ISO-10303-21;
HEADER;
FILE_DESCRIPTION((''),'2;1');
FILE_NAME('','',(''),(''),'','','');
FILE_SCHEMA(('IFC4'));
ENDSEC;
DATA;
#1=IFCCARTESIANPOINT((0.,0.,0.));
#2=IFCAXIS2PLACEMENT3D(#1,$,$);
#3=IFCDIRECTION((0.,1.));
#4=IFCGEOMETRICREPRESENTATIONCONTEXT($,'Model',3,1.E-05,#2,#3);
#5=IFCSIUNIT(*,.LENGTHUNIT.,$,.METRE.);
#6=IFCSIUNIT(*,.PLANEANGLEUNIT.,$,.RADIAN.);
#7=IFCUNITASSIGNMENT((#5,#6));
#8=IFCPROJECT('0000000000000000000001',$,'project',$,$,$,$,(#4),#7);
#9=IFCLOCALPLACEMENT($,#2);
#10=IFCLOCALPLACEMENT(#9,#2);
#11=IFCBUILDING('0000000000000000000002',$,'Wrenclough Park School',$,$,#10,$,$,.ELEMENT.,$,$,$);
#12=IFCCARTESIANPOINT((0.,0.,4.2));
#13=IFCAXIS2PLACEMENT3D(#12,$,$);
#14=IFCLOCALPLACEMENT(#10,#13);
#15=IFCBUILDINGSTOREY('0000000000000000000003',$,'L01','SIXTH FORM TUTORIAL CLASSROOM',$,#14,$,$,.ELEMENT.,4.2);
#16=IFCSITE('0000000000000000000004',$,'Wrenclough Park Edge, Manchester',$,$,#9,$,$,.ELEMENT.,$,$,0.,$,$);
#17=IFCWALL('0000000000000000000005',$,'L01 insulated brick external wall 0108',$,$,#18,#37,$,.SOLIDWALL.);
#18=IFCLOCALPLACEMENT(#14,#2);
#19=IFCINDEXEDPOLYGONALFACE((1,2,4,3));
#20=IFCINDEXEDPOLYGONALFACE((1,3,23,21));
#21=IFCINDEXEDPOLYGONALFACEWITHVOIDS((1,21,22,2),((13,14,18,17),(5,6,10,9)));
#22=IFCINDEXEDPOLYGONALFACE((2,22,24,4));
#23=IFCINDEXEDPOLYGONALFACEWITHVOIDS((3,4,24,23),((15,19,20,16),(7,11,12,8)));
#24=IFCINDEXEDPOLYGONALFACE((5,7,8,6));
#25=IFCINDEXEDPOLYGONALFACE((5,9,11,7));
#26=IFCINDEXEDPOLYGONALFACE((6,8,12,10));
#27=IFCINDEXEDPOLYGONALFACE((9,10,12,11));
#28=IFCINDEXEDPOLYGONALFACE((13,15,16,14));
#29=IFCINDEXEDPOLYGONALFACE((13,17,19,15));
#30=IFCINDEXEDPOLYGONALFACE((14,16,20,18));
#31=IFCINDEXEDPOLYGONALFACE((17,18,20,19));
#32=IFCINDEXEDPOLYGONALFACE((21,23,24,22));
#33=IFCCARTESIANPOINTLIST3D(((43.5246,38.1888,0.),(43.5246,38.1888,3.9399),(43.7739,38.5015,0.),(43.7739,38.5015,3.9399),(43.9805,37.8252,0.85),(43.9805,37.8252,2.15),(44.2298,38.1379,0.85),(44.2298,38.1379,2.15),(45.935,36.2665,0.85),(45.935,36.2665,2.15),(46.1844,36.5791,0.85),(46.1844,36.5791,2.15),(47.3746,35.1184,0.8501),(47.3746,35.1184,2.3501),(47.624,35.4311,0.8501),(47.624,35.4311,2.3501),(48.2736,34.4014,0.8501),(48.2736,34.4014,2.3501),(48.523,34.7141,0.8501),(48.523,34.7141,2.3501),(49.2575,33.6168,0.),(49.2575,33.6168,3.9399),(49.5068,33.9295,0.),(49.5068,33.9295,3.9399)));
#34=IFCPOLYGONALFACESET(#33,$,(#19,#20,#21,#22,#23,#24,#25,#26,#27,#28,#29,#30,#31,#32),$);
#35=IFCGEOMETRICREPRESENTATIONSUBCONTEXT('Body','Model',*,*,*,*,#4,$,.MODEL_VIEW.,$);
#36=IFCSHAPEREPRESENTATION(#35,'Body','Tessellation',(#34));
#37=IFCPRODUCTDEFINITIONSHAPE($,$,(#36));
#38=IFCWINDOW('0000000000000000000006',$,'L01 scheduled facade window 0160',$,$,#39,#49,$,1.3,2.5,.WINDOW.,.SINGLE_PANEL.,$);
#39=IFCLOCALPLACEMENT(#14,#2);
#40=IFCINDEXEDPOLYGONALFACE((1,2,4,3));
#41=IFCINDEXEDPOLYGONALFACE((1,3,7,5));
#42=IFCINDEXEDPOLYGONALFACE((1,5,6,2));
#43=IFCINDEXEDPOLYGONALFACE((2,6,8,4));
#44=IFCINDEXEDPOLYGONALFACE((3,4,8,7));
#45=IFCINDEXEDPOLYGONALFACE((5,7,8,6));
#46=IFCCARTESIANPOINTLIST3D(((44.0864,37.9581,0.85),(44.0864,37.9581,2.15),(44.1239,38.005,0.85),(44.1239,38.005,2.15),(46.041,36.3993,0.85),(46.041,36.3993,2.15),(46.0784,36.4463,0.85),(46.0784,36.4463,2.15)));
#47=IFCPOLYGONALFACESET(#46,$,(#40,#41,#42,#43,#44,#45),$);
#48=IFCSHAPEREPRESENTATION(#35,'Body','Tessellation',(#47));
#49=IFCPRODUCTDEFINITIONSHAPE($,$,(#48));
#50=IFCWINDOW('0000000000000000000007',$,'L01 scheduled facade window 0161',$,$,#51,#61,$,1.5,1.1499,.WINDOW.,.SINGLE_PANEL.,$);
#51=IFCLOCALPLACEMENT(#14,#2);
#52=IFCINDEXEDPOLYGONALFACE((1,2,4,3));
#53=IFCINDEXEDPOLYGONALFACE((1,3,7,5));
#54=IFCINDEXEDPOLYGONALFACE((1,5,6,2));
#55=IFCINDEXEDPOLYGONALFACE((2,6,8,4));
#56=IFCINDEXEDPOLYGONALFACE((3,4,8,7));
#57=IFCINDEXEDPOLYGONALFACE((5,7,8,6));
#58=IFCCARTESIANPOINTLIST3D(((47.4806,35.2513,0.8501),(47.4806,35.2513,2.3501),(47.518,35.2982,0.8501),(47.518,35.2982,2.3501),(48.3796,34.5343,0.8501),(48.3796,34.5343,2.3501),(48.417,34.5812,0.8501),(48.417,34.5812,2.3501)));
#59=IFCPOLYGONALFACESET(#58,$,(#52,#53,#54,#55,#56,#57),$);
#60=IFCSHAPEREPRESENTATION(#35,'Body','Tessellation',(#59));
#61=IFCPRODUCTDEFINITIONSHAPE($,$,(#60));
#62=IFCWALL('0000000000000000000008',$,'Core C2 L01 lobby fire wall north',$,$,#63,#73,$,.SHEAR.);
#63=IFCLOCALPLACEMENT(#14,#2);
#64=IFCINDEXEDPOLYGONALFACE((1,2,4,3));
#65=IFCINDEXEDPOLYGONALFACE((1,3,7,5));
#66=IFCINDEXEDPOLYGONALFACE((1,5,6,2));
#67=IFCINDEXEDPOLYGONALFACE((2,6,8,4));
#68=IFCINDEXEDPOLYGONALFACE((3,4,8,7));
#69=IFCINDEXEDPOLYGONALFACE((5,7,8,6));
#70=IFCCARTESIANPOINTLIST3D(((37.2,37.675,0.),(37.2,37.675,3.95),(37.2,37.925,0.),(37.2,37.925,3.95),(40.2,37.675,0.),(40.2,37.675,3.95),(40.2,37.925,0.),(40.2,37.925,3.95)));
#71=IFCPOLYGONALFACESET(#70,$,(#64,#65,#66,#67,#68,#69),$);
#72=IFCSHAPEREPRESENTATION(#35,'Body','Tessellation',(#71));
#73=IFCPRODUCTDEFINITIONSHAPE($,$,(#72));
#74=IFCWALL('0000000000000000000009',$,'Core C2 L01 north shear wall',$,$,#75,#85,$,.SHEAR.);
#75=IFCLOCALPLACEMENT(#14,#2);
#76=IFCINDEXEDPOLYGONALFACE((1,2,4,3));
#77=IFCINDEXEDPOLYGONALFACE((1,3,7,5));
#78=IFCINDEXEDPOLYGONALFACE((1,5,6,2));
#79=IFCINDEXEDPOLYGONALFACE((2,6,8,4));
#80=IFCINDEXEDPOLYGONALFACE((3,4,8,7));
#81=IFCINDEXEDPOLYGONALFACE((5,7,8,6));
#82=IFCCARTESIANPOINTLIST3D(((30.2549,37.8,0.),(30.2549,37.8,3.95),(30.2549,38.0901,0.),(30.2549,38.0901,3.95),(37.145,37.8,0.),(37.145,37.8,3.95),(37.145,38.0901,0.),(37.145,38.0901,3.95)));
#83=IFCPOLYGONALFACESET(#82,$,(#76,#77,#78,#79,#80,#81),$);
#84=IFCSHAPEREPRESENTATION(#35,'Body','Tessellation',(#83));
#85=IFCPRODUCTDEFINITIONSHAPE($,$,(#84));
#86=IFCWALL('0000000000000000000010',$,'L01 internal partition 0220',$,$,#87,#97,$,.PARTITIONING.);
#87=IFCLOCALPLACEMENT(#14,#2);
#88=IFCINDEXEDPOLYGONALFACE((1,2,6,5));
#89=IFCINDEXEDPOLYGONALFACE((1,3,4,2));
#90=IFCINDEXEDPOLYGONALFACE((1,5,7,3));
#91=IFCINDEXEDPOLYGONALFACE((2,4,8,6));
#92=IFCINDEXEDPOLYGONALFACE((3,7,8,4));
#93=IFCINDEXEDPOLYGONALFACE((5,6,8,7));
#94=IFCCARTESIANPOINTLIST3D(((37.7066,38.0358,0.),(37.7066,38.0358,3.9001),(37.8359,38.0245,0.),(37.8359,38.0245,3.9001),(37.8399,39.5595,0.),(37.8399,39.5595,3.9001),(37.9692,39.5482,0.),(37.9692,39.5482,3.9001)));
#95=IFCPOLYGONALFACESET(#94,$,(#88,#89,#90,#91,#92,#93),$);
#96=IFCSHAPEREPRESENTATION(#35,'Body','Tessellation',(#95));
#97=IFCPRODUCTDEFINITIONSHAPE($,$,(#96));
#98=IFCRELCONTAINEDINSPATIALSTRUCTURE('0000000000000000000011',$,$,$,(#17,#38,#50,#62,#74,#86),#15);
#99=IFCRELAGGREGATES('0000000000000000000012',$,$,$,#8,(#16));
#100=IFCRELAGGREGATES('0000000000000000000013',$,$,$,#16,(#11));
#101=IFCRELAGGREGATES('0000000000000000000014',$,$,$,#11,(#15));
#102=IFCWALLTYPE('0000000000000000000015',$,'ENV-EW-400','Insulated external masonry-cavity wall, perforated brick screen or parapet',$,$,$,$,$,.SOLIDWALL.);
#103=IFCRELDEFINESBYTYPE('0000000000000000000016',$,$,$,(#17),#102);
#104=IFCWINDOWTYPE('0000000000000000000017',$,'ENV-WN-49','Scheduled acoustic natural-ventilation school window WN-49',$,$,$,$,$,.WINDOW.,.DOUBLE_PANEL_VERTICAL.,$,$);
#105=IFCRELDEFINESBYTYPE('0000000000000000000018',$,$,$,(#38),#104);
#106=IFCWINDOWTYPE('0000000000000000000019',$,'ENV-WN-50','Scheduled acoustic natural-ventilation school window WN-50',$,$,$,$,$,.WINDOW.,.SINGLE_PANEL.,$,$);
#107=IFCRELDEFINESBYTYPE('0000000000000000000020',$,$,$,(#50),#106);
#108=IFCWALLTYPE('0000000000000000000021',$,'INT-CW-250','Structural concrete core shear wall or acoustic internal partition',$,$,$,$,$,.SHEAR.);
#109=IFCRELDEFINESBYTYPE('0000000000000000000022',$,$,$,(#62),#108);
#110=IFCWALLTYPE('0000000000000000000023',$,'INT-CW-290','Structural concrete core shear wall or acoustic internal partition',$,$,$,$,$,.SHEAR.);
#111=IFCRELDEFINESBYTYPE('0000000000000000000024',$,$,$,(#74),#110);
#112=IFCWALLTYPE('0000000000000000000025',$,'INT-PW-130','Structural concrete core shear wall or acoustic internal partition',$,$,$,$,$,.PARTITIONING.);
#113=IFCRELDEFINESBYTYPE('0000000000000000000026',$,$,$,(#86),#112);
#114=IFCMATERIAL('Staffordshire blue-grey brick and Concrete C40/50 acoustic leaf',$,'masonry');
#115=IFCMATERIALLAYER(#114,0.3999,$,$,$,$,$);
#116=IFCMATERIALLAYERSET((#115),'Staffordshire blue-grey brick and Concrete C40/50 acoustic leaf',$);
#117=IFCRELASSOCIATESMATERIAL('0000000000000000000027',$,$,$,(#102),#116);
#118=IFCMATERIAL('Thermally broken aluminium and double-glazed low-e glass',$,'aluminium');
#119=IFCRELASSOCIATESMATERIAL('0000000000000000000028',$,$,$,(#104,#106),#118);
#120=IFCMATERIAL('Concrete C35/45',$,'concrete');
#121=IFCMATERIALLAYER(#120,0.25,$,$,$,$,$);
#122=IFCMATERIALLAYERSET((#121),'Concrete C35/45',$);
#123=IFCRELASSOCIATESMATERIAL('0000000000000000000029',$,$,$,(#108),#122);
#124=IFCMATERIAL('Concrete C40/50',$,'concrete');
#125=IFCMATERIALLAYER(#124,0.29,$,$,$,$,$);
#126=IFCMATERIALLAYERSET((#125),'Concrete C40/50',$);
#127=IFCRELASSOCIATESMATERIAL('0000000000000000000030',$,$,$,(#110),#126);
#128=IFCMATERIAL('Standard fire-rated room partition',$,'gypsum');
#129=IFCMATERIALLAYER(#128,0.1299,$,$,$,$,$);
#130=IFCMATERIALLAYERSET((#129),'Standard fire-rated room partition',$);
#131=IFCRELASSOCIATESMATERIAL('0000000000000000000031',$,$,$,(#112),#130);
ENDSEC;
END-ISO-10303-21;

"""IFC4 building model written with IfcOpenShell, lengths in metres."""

from ifc_helpers import new_model, si_unit, direction, frame, frame_2d, origin, place, context, subcontext, project, spatial, rectangle, extrude, material, layer, layer_set, type_object, element, fill, save


model = new_model("IFC4")

# Units and contexts
model_context = context("Model", 3, precision=1e-05, world=origin(), true_north=direction((0.0, 1.0)))
body_context = subcontext(model_context, "Body", "Model", "MODEL_VIEW")
ifc_project = project(units=[si_unit("LENGTHUNIT", "METRE"), si_unit("PLANEANGLEUNIT", "RADIAN")], contexts=[model_context])

# Site, building, storey
site_placement = place(None, origin())
site = spatial("IfcSite", under=ifc_project, at=site_placement, Name="Wrenclough Park Edge, Manchester", CompositionType="ELEMENT", RefElevation=0.0)
building_placement = place(site_placement, origin())
building = spatial("IfcBuilding", under=site, at=building_placement, Name="Wrenclough Park School", CompositionType="ELEMENT")
storey_placement = place(building_placement, frame((0.0, 0.0, 4.2)))
storey = spatial("IfcBuildingStorey", under=building, at=storey_placement, Name="L01", Description="SIXTH FORM TUTORIAL CLASSROOM", CompositionType="ELEMENT", Elevation=4.2)

# Shared definitions
ifc_material_1 = material(Name="Concrete C40/50", Category="concrete")

# Wall, openings, windows
ifc_material_2 = material(Name="Staffordshire blue-grey brick and Concrete C40/50 acoustic leaf", Category="masonry")
ifc_layer_1 = layer(ifc_material_2, 0.3999)
ifc_layer_set_1 = layer_set([ifc_layer_1], Name="Staffordshire blue-grey brick and Concrete C40/50 acoustic leaf")
wall_type_1 = type_object("IfcWallType", Name="ENV-EW-400", Description="Insulated external masonry-cavity wall, perforated brick screen or parapet", PredefinedType="SOLIDWALL", material=ifc_layer_set_1)
wall_1_placement = place(storey_placement, frame((43.6492, 38.3452, 0.0), z_axis=(0.0, 0.0, 1.0), x_axis=(0.78182, -0.623505, 0.0)))
wall_1 = element("IfcWall", 1, at=wall_1_placement, inside=storey, type_object=wall_type_1, Name="L01 insulated brick external wall 0108", PredefinedType="SOLIDWALL", context=body_context, shape_type="SweptSolid", body=[
    extrude(rectangle(XDim=7.3328, YDim=0.3999, at=frame_2d((3.6665, 0.0))), origin(), (0.0, 0.0, 1.0), 3.9399),
])
opening_1_placement = place(wall_1_placement, frame((0.5833, 0.0, 0.8501)))
opening_1 = element("IfcOpeningElement", 2, at=opening_1_placement, cuts=wall_1, PredefinedType="OPENING", context=body_context, shape_type="SweptSolid", body=[
    extrude(rectangle(XDim=2.5, YDim=1.3, at=frame_2d((1.25, 0.6499))), frame((0.0, 0.21, 0.0), z_axis=(0.0, -1.0, 0.0), x_axis=(1.0, 0.0, 0.0)), (0.0, 0.0, 1.0), 0.4199),
])
opening_2_placement = place(wall_1_placement, frame((4.9246, 0.0, 0.8501)))
opening_2 = element("IfcOpeningElement", 3, at=opening_2_placement, cuts=wall_1, PredefinedType="OPENING", context=body_context, shape_type="SweptSolid", body=[
    extrude(rectangle(XDim=1.1499, YDim=1.5, at=frame_2d((0.575, 0.75))), frame((0.0, 0.21, 0.0), z_axis=(0.0, -1.0, 0.0), x_axis=(1.0, 0.0, 0.0)), (0.0, 0.0, 1.0), 0.4199),
])
ifc_material_3 = material(Name="Thermally broken aluminium and double-glazed low-e glass", Category="aluminium")
window_type_1 = type_object("IfcWindowType", Name="ENV-WN-49", Description="Scheduled acoustic natural-ventilation school window WN-49", PartitioningType="DOUBLE_PANEL_VERTICAL", PredefinedType="WINDOW", material=ifc_material_3)
window_1_placement = place(opening_1_placement, origin())
window_1 = element("IfcWindow", 4, at=window_1_placement, inside=storey, type_object=window_type_1, Name="L01 scheduled facade window 0160", OverallHeight=1.3, OverallWidth=2.5, PartitioningType="SINGLE_PANEL", PredefinedType="WINDOW", context=body_context, shape_type="SweptSolid", body=[
    extrude(rectangle(XDim=2.5, YDim=1.3, at=frame_2d((1.25, 0.6499))), frame((0.0, 0.03, 0.0), z_axis=(0.0, -1.0, 0.0), x_axis=(1.0, 0.0, 0.0)), (0.0, 0.0, 1.0), 0.0601),
])
fill(opening_1, window_1)
window_type_2 = type_object("IfcWindowType", Name="ENV-WN-50", Description="Scheduled acoustic natural-ventilation school window WN-50", PartitioningType="SINGLE_PANEL", PredefinedType="WINDOW", material=ifc_material_3)
window_2_placement = place(opening_2_placement, origin())
window_2 = element("IfcWindow", 5, at=window_2_placement, inside=storey, type_object=window_type_2, Name="L01 scheduled facade window 0161", OverallHeight=1.5, OverallWidth=1.1499, PartitioningType="SINGLE_PANEL", PredefinedType="WINDOW", context=body_context, shape_type="SweptSolid", body=[
    extrude(rectangle(XDim=1.1499, YDim=1.5, at=frame_2d((0.575, 0.75))), frame((0.0, 0.03, 0.0), z_axis=(0.0, -1.0, 0.0), x_axis=(1.0, 0.0, 0.0)), (0.0, 0.0, 1.0), 0.0601),
])
fill(opening_2, window_2)

# Walls
ifc_material_4 = material(Name="Concrete C35/45", Category="concrete")
ifc_layer_2 = layer(ifc_material_4, 0.25)
ifc_layer_set_2 = layer_set([ifc_layer_2], Name="Concrete C35/45")
wall_type_2 = type_object("IfcWallType", Name="INT-CW-250", Description="Structural concrete core shear wall or acoustic internal partition", PredefinedType="SHEAR", material=ifc_layer_set_2)
wall_2_placement = place(storey_placement, frame((40.2, 37.8, 0.0), z_axis=(0.0, 0.0, 1.0), x_axis=(-1.0, 0.0, 0.0)))
element("IfcWall", 6, at=wall_2_placement, inside=storey, type_object=wall_type_2, Name="Core C2 L01 lobby fire wall north", PredefinedType="SHEAR", context=body_context, shape_type="SweptSolid", body=[
    extrude(rectangle(XDim=3.0, YDim=0.25, at=frame_2d((1.5, 0.0))), origin(), (0.0, 0.0, 1.0), 3.95),
])
ifc_layer_3 = layer(ifc_material_1, 0.29)
ifc_layer_set_3 = layer_set([ifc_layer_3], Name="Concrete C40/50")
wall_type_3 = type_object("IfcWallType", Name="INT-CW-290", Description="Structural concrete core shear wall or acoustic internal partition", PredefinedType="SHEAR", material=ifc_layer_set_3)
wall_3_placement = place(storey_placement, frame((37.145, 37.9451, 0.0), z_axis=(0.0, 0.0, 1.0), x_axis=(-1.0, 0.0, 0.0)))
element("IfcWall", 7, at=wall_3_placement, inside=storey, type_object=wall_type_3, Name="Core C2 L01 north shear wall", PredefinedType="SHEAR", context=body_context, shape_type="SweptSolid", body=[
    extrude(rectangle(XDim=6.8901, YDim=0.29, at=frame_2d((3.4451, 0.0))), origin(), (0.0, 0.0, 1.0), 3.95),
])
ifc_material_5 = material(Name="Standard fire-rated room partition", Category="gypsum")
ifc_layer_4 = layer(ifc_material_5, 0.1299)
ifc_layer_set_4 = layer_set([ifc_layer_4], Name="Standard fire-rated room partition")
wall_type_4 = type_object("IfcWallType", Name="INT-PW-130", Description="Structural concrete core shear wall or acoustic internal partition", PredefinedType="PARTITIONING", material=ifc_layer_set_4)
wall_4_placement = place(storey_placement, frame((37.9045, 39.5537, 0.0), z_axis=(0.0, 0.0, 1.0), x_axis=(-0.087153, -0.996195, 0.0)))
element("IfcWall", 8, at=wall_4_placement, inside=storey, type_object=wall_type_4, Name="L01 internal partition 0220", PredefinedType="PARTITIONING", context=body_context, shape_type="SweptSolid", body=[
    extrude(rectangle(XDim=1.5295, YDim=0.1299, at=frame_2d((0.7646, 0.0))), origin(), (0.0, 0.0, 1.0), 3.9001),
])

save(model, "model.ifc")
